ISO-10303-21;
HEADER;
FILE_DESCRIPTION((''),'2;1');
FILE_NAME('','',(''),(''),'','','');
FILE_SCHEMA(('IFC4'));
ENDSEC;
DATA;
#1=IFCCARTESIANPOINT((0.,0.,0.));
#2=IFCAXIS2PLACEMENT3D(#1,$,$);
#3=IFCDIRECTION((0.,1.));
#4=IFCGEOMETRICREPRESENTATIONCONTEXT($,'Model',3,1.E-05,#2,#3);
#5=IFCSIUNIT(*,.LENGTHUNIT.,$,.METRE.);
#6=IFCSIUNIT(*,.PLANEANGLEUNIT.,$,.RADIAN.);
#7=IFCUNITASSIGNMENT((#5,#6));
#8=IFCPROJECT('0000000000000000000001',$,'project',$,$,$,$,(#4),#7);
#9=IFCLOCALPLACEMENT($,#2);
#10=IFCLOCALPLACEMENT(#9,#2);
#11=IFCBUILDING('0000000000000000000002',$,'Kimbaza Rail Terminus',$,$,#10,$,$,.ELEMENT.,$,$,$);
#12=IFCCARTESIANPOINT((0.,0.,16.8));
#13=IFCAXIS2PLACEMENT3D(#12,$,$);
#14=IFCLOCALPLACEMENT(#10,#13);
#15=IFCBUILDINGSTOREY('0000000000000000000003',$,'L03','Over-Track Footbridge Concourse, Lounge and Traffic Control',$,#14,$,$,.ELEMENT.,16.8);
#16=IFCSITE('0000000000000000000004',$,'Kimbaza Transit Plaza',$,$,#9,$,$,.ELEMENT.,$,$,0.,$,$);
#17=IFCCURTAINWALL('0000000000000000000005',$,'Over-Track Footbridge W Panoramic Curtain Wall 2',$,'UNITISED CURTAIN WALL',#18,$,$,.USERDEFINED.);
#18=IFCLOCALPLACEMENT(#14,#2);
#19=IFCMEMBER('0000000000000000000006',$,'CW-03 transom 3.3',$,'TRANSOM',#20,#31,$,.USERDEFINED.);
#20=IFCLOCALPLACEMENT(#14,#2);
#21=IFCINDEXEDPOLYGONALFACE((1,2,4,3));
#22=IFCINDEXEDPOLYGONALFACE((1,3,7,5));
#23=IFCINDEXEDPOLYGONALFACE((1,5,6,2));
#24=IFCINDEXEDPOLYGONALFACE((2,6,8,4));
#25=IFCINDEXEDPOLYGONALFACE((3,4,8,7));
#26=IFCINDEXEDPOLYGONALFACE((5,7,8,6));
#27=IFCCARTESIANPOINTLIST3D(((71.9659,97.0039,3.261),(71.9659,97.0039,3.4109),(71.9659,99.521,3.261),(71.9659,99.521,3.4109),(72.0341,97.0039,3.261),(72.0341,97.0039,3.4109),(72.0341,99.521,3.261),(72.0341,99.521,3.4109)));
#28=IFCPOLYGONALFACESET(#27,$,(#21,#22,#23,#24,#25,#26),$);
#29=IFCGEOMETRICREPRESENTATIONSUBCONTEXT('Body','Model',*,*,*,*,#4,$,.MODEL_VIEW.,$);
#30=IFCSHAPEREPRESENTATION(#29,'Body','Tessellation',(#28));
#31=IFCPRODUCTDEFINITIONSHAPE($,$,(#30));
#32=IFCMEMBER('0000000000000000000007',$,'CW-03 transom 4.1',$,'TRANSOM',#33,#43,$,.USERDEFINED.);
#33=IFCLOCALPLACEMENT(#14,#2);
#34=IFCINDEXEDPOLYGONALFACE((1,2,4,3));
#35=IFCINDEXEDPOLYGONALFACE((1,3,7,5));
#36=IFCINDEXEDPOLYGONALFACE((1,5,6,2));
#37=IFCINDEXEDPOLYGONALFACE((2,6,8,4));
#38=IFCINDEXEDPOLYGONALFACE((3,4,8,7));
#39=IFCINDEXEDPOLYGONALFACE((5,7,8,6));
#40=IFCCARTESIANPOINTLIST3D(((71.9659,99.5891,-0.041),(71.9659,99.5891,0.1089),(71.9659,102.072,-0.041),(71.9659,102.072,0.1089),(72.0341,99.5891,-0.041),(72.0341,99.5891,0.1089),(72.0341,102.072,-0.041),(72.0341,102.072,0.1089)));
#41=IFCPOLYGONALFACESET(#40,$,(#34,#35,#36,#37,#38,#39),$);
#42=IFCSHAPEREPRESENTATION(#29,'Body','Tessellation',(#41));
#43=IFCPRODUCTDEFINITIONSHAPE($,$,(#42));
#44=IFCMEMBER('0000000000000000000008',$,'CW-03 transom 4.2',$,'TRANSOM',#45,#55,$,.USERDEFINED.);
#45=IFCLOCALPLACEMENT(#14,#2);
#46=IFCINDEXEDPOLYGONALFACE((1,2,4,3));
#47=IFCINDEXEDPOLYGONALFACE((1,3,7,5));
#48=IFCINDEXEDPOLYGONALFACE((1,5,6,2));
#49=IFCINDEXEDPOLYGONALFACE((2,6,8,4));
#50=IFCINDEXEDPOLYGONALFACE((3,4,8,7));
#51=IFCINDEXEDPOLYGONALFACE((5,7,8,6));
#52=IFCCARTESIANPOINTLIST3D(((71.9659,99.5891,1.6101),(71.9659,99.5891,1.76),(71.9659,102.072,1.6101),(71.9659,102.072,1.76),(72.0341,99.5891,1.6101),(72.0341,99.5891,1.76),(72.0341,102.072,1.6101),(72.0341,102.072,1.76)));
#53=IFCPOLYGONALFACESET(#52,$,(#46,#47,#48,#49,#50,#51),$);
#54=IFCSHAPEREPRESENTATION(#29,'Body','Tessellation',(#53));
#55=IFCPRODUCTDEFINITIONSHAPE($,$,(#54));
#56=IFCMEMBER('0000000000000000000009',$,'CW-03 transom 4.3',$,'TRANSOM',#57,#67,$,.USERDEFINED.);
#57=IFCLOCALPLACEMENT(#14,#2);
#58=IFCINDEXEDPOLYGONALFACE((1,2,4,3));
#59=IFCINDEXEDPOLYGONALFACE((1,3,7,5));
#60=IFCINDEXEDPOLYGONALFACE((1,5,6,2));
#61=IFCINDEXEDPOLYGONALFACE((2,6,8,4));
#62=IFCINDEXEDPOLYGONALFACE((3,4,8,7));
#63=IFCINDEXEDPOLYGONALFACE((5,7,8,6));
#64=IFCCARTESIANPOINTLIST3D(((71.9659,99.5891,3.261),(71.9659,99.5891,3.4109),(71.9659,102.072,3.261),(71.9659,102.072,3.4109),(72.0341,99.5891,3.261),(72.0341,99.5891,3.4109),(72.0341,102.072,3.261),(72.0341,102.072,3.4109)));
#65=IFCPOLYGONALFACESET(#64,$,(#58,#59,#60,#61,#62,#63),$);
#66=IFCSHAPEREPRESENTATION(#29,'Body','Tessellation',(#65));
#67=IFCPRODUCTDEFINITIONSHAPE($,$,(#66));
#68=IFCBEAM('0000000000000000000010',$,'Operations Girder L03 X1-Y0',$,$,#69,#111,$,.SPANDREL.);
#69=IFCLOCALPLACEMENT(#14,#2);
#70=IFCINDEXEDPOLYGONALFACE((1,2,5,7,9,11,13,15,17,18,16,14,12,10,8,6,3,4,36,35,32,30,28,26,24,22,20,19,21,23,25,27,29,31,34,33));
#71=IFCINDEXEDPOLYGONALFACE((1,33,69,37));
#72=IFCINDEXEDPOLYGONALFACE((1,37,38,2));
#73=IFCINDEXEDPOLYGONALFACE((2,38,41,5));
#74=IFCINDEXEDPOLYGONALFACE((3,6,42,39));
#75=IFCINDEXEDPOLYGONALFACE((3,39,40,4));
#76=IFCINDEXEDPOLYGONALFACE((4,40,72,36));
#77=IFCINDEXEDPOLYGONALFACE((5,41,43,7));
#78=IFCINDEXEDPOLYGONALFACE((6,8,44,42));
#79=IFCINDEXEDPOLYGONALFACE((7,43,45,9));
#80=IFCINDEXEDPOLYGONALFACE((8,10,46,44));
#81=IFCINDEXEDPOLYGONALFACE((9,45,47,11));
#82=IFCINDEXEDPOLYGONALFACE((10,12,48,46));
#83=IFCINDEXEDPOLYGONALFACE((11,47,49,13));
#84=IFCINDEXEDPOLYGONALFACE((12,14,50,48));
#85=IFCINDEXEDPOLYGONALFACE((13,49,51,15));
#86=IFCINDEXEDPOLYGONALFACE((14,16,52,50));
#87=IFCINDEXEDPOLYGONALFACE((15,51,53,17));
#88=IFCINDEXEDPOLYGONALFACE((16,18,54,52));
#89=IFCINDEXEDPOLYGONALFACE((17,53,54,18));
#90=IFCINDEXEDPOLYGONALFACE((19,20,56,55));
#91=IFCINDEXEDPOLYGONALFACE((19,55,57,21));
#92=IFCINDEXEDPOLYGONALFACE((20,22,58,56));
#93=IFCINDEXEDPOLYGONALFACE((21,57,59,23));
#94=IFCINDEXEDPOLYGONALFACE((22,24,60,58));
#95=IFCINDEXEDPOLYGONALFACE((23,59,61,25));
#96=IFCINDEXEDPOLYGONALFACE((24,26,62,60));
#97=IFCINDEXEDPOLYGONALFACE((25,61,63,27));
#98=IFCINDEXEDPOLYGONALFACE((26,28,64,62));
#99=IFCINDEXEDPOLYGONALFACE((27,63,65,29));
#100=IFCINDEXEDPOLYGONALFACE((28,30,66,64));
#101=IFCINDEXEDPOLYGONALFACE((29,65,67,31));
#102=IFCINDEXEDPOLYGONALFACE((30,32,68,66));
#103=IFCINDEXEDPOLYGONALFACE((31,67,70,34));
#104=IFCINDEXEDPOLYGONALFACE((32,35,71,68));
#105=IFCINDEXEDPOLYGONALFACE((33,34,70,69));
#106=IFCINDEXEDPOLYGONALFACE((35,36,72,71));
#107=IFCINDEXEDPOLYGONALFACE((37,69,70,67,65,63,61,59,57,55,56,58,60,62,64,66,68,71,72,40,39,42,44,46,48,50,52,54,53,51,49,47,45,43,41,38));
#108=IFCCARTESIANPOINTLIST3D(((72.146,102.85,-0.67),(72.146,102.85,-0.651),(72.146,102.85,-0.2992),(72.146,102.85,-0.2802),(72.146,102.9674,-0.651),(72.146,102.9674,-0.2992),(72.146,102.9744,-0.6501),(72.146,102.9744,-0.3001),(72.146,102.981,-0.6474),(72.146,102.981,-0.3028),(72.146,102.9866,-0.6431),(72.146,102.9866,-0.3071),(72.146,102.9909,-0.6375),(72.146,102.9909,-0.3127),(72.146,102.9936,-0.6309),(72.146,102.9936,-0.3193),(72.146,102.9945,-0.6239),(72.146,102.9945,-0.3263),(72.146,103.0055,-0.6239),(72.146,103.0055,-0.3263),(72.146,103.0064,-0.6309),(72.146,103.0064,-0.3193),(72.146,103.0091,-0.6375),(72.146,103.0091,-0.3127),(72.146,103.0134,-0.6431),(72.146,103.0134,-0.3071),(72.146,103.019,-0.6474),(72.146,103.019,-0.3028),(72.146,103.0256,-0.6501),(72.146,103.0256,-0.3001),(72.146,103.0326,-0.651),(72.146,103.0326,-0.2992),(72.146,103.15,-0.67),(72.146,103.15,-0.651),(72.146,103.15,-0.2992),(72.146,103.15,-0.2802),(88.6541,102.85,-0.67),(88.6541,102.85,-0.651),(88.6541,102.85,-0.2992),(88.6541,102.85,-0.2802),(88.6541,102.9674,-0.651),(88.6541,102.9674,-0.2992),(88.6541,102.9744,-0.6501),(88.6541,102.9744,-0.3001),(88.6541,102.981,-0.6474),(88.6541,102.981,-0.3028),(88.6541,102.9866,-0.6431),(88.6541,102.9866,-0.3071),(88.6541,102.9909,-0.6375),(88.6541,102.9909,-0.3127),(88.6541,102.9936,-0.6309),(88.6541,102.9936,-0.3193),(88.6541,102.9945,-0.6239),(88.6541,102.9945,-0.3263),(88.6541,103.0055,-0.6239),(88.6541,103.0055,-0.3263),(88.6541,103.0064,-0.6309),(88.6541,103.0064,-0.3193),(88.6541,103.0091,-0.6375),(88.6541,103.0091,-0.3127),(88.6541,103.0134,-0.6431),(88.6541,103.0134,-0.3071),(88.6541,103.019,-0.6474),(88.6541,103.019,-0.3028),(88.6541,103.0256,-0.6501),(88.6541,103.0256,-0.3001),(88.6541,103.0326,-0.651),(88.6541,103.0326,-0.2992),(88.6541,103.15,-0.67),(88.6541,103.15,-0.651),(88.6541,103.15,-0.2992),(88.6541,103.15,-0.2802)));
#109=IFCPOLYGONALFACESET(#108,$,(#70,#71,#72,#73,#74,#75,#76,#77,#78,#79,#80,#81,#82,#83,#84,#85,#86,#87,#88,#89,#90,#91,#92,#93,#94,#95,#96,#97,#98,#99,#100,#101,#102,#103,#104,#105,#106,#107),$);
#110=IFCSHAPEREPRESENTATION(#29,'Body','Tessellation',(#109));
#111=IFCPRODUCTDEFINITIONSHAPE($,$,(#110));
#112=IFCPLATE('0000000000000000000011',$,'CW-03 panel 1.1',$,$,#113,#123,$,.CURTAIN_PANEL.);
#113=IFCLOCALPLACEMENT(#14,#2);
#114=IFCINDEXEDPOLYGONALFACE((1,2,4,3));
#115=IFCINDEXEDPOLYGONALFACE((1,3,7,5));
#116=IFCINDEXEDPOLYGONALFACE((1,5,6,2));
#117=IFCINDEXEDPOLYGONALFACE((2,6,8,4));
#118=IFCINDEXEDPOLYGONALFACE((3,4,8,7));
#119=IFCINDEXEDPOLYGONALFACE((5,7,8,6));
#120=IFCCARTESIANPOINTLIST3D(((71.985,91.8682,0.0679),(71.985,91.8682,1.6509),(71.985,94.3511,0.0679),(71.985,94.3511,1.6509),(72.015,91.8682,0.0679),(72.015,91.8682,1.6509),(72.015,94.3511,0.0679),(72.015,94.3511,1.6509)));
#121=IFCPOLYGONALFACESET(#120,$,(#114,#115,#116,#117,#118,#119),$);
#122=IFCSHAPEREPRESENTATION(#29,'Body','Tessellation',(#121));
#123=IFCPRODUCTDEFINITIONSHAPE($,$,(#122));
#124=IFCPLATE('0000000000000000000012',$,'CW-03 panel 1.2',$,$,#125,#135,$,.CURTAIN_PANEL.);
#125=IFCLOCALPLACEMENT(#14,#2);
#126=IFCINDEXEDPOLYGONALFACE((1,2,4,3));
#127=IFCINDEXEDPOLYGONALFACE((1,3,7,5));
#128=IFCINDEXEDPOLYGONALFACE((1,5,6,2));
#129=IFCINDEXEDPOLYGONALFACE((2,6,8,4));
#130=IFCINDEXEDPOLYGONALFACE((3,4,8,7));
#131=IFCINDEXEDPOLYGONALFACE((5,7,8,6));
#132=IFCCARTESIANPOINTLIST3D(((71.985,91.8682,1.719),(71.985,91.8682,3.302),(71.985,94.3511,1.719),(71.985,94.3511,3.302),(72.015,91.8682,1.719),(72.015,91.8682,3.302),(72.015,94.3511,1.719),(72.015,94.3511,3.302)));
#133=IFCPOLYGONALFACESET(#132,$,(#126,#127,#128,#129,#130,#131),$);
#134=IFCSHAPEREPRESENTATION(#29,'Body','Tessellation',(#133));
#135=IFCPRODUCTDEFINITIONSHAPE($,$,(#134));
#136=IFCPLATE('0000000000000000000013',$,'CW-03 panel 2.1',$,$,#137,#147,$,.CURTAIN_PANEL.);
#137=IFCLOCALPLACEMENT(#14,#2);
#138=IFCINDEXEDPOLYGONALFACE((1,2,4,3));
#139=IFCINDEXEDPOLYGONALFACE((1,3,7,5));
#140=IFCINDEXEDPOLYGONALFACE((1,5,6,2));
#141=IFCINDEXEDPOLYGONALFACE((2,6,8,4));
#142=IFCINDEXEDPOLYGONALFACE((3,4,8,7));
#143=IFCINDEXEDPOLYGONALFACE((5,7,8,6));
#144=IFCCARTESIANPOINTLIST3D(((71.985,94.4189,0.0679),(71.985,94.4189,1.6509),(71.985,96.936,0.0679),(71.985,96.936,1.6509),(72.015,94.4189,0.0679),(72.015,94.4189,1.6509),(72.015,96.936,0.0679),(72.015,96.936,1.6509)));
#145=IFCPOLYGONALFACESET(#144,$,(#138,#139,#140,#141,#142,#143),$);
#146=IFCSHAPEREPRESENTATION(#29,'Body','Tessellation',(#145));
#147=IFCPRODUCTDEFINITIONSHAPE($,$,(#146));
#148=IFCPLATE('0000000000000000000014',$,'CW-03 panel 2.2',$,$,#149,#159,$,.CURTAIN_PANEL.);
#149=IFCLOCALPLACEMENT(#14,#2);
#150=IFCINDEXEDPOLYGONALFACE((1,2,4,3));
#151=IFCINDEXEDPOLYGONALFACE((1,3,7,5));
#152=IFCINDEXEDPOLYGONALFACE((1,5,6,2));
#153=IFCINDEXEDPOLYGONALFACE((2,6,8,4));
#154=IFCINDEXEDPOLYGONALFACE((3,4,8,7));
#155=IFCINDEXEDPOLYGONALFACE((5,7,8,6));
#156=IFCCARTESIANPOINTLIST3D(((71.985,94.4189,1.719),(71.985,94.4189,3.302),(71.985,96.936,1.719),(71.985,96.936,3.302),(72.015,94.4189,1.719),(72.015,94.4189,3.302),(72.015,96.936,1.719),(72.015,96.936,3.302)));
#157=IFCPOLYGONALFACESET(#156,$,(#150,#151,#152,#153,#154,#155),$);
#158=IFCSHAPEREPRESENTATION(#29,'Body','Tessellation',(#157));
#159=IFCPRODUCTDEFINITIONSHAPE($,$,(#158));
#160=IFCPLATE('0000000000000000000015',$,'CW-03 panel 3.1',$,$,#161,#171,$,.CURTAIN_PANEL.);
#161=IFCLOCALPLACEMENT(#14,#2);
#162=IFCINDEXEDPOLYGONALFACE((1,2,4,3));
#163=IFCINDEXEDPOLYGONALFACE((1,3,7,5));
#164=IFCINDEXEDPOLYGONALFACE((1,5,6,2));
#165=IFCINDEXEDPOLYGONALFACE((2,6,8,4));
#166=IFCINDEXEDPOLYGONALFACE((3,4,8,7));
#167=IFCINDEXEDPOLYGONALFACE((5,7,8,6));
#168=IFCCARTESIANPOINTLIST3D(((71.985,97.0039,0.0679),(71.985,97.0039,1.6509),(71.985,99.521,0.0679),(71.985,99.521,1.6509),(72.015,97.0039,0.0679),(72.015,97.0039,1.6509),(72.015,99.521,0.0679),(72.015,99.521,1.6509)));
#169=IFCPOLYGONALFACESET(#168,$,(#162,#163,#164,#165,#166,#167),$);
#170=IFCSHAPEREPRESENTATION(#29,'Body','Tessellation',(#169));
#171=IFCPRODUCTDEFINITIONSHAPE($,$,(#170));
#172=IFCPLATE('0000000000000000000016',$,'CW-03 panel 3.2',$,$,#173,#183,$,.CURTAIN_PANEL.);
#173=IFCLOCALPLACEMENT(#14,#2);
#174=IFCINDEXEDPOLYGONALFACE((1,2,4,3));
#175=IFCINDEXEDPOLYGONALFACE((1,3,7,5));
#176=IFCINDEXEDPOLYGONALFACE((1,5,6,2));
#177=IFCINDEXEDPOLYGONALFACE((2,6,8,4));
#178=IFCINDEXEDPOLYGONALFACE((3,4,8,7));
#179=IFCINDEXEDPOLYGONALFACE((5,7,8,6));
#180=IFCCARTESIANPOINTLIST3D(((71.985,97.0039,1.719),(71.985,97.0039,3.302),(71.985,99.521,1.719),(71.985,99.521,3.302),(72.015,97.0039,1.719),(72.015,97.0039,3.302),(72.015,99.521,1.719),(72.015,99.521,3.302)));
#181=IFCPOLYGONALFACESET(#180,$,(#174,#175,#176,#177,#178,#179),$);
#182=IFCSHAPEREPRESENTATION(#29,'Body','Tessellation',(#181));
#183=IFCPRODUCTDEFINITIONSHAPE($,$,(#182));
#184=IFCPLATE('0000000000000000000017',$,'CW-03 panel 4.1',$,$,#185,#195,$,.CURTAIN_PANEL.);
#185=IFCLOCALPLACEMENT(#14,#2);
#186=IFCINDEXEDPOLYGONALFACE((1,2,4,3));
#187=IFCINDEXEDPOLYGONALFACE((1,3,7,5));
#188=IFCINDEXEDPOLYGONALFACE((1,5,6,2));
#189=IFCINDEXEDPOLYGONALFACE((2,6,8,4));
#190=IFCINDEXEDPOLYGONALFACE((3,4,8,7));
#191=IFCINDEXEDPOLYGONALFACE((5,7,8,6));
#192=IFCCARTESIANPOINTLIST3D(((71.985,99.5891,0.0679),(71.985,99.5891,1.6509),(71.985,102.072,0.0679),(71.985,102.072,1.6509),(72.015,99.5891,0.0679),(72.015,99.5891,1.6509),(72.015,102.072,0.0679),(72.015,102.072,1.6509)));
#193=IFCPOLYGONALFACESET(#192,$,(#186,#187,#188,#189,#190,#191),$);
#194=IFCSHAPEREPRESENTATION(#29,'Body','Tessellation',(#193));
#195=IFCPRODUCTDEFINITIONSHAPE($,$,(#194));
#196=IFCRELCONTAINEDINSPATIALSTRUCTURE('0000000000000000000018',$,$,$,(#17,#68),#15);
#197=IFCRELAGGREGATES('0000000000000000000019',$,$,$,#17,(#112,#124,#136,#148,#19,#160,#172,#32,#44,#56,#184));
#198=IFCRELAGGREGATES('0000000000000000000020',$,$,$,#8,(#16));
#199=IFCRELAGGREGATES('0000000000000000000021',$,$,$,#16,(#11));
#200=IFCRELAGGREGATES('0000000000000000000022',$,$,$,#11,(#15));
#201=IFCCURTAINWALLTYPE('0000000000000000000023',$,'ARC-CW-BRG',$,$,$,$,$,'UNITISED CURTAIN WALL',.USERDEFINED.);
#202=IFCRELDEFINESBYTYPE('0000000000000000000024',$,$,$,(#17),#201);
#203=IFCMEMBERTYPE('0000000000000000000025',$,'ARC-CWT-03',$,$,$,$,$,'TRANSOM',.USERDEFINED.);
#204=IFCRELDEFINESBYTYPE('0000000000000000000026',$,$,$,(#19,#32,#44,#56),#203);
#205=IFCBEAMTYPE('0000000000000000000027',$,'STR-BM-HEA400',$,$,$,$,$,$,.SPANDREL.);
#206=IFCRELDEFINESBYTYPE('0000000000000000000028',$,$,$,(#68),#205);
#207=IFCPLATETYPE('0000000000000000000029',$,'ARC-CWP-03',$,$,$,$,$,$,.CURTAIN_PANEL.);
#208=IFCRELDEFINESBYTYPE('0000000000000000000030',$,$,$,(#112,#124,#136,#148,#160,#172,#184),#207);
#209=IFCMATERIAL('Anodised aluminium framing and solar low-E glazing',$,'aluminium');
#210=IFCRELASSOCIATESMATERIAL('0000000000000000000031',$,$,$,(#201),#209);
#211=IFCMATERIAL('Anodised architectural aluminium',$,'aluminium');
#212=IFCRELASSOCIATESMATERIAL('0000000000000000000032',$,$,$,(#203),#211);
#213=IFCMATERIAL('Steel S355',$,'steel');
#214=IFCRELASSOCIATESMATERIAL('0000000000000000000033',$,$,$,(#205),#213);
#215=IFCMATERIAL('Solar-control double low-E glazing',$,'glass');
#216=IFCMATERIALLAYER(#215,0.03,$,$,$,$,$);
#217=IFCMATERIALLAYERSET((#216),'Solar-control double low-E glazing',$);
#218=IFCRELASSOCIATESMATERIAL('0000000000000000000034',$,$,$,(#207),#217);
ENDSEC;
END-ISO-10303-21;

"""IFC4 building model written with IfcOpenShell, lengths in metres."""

from ifc_helpers import new_model, si_unit, direction, frame, origin, origin_2d, place, context, subcontext, project, spatial, rectangle, i_section, extrude, material, layer, layer_set, material_profile, profile_set, type_object, element, aggregate, save


model = new_model("IFC4")

# Units and contexts
model_context = context("Model", 3, precision=1e-05, world=origin(), true_north=direction((0.0, 1.0)))
body_context = subcontext(model_context, "Body", "Model", "MODEL_VIEW")
ifc_project = project(units=[si_unit("LENGTHUNIT", "METRE"), si_unit("PLANEANGLEUNIT", "RADIAN")], contexts=[model_context])

# Site, building, storey
site_placement = place(None, origin())
site = spatial("IfcSite", under=ifc_project, at=site_placement, Name="Kimbaza Transit Plaza", CompositionType="ELEMENT", RefElevation=0.0)
building_placement = place(site_placement, origin())
building = spatial("IfcBuilding", under=site, at=building_placement, Name="Kimbaza Rail Terminus", CompositionType="ELEMENT")
storey_placement = place(building_placement, frame((0.0, 0.0, 16.8)))
storey = spatial("IfcBuildingStorey", under=building, at=storey_placement, Name="L03", Description="Over-Track Footbridge Concourse, Lounge and Traffic Control", CompositionType="ELEMENT", Elevation=16.8)

# Curtain wall, members
ifc_material_1 = material(Name="Anodised aluminium framing and solar low-E glazing", Category="aluminium")
curtain_wall_type = type_object("IfcCurtainWallType", Name="ARC-CW-BRG", ElementType="UNITISED CURTAIN WALL", PredefinedType="USERDEFINED", material=ifc_material_1)
curtain_wall_placement = place(storey_placement, origin())
curtain_wall = element("IfcCurtainWall", 1, at=curtain_wall_placement, inside=storey, type_object=curtain_wall_type, Name="Over-Track Footbridge W Panoramic Curtain Wall 2", ObjectType="UNITISED CURTAIN WALL", PredefinedType="USERDEFINED")
ifc_material_2 = material(Name="Anodised architectural aluminium", Category="aluminium")
ifc_material_profile_1 = material_profile(ifc_material_2, rectangle(XDim=0.0681, YDim=0.1499, at=origin_2d()), Name="TRANSOM 68x150")
ifc_profile_set_1 = profile_set([ifc_material_profile_1], Name="Anodised architectural aluminium")
member_type_1 = type_object("IfcMemberType", Name="ARC-CWT-03", ElementType="TRANSOM", PredefinedType="USERDEFINED", material=ifc_profile_set_1)
member_1_placement = place(storey_placement, frame((72.0, 97.0039, 3.3359), z_axis=(0.0, 1.0, 0.0), x_axis=(-1.0, 0.0, 0.0)))
member_1 = element("IfcMember", 2, at=member_1_placement, type_object=member_type_1, Name="CW-03 transom 3.3", ObjectType="TRANSOM", PredefinedType="USERDEFINED", context=body_context, shape_type="SweptSolid", body=[
    extrude(rectangle(XDim=0.0681, YDim=0.1499, at=origin_2d()), origin(), (0.0, 0.0, 1.0), 2.5171),
])
member_2_placement = place(storey_placement, frame((72.0, 99.5891, 0.0339), z_axis=(0.0, 1.0, 0.0), x_axis=(-1.0, 0.0, 0.0)))
member_2 = element("IfcMember", 3, at=member_2_placement, type_object=member_type_1, Name="CW-03 transom 4.1", ObjectType="TRANSOM", PredefinedType="USERDEFINED", context=body_context, shape_type="SweptSolid", body=[
    extrude(rectangle(XDim=0.0681, YDim=0.1499, at=origin_2d()), origin(), (0.0, 0.0, 1.0), 2.4829),
])
member_3_placement = place(storey_placement, frame((72.0, 99.5891, 1.6851), z_axis=(0.0, 1.0, 0.0), x_axis=(-1.0, 0.0, 0.0)))
member_3 = element("IfcMember", 4, at=member_3_placement, type_object=member_type_1, Name="CW-03 transom 4.2", ObjectType="TRANSOM", PredefinedType="USERDEFINED", context=body_context, shape_type="SweptSolid", body=[
    extrude(rectangle(XDim=0.0681, YDim=0.1499, at=origin_2d()), origin(), (0.0, 0.0, 1.0), 2.4829),
])
member_4_placement = place(storey_placement, frame((72.0, 99.5891, 3.3359), z_axis=(0.0, 1.0, 0.0), x_axis=(-1.0, 0.0, 0.0)))
member_4 = element("IfcMember", 5, at=member_4_placement, type_object=member_type_1, Name="CW-03 transom 4.3", ObjectType="TRANSOM", PredefinedType="USERDEFINED", context=body_context, shape_type="SweptSolid", body=[
    extrude(rectangle(XDim=0.0681, YDim=0.1499, at=origin_2d()), origin(), (0.0, 0.0, 1.0), 2.4829),
])

# Beam
ifc_material_3 = material(Name="Steel S355", Category="steel")
ifc_material_profile_2 = material_profile(ifc_material_3, i_section(OverallWidth=0.3, OverallDepth=0.3899, WebThickness=0.011, FlangeThickness=0.019, FilletRadius=0.0271, at=origin_2d()), Name="HEA 400")
ifc_profile_set_2 = profile_set([ifc_material_profile_2], Name="Steel S355")
beam_type = type_object("IfcBeamType", Name="STR-BM-HEA400", PredefinedType="SPANDREL", material=ifc_profile_set_2)
beam_placement = place(storey_placement, frame((72.146, 103.0, -0.4751), z_axis=(1.0, 0.0, 0.0), x_axis=(0.0, 1.0, 0.0)))
element("IfcBeam", 6, at=beam_placement, inside=storey, type_object=beam_type, Name="Operations Girder L03 X1-Y0", PredefinedType="SPANDREL", context=body_context, shape_type="SweptSolid", body=[
    extrude(i_section(OverallWidth=0.3, OverallDepth=0.3899, WebThickness=0.011, FlangeThickness=0.019, FilletRadius=0.0271, at=origin_2d()), origin(), (0.0, 0.0, 1.0), 16.5081),
])

# Plates
ifc_material_4 = material(Name="Solar-control double low-E glazing", Category="glass")
ifc_layer_1 = layer(ifc_material_4, 0.03)
ifc_layer_set_1 = layer_set([ifc_layer_1], Name="Solar-control double low-E glazing")
plate_type = type_object("IfcPlateType", Name="ARC-CWP-03", PredefinedType="CURTAIN_PANEL", material=ifc_layer_set_1)
plate_1_placement = place(storey_placement, frame((72.0, 93.1096, 0.0679), z_axis=(0.0, 0.0, 1.0), x_axis=(0.0, 1.0, 0.0)))
plate_1 = element("IfcPlate", 7, at=plate_1_placement, type_object=plate_type, Name="CW-03 panel 1.1", PredefinedType="CURTAIN_PANEL", context=body_context, shape_type="SweptSolid", body=[
    extrude(rectangle(XDim=2.4829, YDim=0.03, at=origin_2d()), origin(), (0.0, 0.0, 1.0), 1.583),
])
plate_2_placement = place(storey_placement, frame((72.0, 93.1096, 1.719), z_axis=(0.0, 0.0, 1.0), x_axis=(0.0, 1.0, 0.0)))
plate_2 = element("IfcPlate", 8, at=plate_2_placement, type_object=plate_type, Name="CW-03 panel 1.2", PredefinedType="CURTAIN_PANEL", context=body_context, shape_type="SweptSolid", body=[
    extrude(rectangle(XDim=2.4829, YDim=0.03, at=origin_2d()), origin(), (0.0, 0.0, 1.0), 1.583),
])
plate_3_placement = place(storey_placement, frame((72.0, 95.6775, 0.0679), z_axis=(0.0, 0.0, 1.0), x_axis=(0.0, 1.0, 0.0)))
plate_3 = element("IfcPlate", 9, at=plate_3_placement, type_object=plate_type, Name="CW-03 panel 2.1", PredefinedType="CURTAIN_PANEL", context=body_context, shape_type="SweptSolid", body=[
    extrude(rectangle(XDim=2.5171, YDim=0.03, at=origin_2d()), origin(), (0.0, 0.0, 1.0), 1.583),
])
plate_4_placement = place(storey_placement, frame((72.0, 95.6775, 1.719), z_axis=(0.0, 0.0, 1.0), x_axis=(0.0, 1.0, 0.0)))
plate_4 = element("IfcPlate", 10, at=plate_4_placement, type_object=plate_type, Name="CW-03 panel 2.2", PredefinedType="CURTAIN_PANEL", context=body_context, shape_type="SweptSolid", body=[
    extrude(rectangle(XDim=2.5171, YDim=0.03, at=origin_2d()), origin(), (0.0, 0.0, 1.0), 1.583),
])
plate_5_placement = place(storey_placement, frame((72.0, 98.2625, 0.0679), z_axis=(0.0, 0.0, 1.0), x_axis=(0.0, 1.0, 0.0)))
plate_5 = element("IfcPlate", 11, at=plate_5_placement, type_object=plate_type, Name="CW-03 panel 3.1", PredefinedType="CURTAIN_PANEL", context=body_context, shape_type="SweptSolid", body=[
    extrude(rectangle(XDim=2.5171, YDim=0.03, at=origin_2d()), origin(), (0.0, 0.0, 1.0), 1.583),
])
plate_6_placement = place(storey_placement, frame((72.0, 98.2625, 1.719), z_axis=(0.0, 0.0, 1.0), x_axis=(0.0, 1.0, 0.0)))
plate_6 = element("IfcPlate", 12, at=plate_6_placement, type_object=plate_type, Name="CW-03 panel 3.2", PredefinedType="CURTAIN_PANEL", context=body_context, shape_type="SweptSolid", body=[
    extrude(rectangle(XDim=2.5171, YDim=0.03, at=origin_2d()), origin(), (0.0, 0.0, 1.0), 1.583),
])
plate_7_placement = place(storey_placement, frame((72.0, 100.8306, 0.0679), z_axis=(0.0, 0.0, 1.0), x_axis=(0.0, 1.0, 0.0)))
plate_7 = element("IfcPlate", 13, at=plate_7_placement, type_object=plate_type, Name="CW-03 panel 4.1", PredefinedType="CURTAIN_PANEL", context=body_context, shape_type="SweptSolid", body=[
    extrude(rectangle(XDim=2.4829, YDim=0.03, at=origin_2d()), origin(), (0.0, 0.0, 1.0), 1.583),
])
aggregate(curtain_wall, [plate_1, plate_2, plate_3, plate_4, member_1, plate_5, plate_6, member_2, member_3, member_4, plate_7])

save(model, "model.ifc")
